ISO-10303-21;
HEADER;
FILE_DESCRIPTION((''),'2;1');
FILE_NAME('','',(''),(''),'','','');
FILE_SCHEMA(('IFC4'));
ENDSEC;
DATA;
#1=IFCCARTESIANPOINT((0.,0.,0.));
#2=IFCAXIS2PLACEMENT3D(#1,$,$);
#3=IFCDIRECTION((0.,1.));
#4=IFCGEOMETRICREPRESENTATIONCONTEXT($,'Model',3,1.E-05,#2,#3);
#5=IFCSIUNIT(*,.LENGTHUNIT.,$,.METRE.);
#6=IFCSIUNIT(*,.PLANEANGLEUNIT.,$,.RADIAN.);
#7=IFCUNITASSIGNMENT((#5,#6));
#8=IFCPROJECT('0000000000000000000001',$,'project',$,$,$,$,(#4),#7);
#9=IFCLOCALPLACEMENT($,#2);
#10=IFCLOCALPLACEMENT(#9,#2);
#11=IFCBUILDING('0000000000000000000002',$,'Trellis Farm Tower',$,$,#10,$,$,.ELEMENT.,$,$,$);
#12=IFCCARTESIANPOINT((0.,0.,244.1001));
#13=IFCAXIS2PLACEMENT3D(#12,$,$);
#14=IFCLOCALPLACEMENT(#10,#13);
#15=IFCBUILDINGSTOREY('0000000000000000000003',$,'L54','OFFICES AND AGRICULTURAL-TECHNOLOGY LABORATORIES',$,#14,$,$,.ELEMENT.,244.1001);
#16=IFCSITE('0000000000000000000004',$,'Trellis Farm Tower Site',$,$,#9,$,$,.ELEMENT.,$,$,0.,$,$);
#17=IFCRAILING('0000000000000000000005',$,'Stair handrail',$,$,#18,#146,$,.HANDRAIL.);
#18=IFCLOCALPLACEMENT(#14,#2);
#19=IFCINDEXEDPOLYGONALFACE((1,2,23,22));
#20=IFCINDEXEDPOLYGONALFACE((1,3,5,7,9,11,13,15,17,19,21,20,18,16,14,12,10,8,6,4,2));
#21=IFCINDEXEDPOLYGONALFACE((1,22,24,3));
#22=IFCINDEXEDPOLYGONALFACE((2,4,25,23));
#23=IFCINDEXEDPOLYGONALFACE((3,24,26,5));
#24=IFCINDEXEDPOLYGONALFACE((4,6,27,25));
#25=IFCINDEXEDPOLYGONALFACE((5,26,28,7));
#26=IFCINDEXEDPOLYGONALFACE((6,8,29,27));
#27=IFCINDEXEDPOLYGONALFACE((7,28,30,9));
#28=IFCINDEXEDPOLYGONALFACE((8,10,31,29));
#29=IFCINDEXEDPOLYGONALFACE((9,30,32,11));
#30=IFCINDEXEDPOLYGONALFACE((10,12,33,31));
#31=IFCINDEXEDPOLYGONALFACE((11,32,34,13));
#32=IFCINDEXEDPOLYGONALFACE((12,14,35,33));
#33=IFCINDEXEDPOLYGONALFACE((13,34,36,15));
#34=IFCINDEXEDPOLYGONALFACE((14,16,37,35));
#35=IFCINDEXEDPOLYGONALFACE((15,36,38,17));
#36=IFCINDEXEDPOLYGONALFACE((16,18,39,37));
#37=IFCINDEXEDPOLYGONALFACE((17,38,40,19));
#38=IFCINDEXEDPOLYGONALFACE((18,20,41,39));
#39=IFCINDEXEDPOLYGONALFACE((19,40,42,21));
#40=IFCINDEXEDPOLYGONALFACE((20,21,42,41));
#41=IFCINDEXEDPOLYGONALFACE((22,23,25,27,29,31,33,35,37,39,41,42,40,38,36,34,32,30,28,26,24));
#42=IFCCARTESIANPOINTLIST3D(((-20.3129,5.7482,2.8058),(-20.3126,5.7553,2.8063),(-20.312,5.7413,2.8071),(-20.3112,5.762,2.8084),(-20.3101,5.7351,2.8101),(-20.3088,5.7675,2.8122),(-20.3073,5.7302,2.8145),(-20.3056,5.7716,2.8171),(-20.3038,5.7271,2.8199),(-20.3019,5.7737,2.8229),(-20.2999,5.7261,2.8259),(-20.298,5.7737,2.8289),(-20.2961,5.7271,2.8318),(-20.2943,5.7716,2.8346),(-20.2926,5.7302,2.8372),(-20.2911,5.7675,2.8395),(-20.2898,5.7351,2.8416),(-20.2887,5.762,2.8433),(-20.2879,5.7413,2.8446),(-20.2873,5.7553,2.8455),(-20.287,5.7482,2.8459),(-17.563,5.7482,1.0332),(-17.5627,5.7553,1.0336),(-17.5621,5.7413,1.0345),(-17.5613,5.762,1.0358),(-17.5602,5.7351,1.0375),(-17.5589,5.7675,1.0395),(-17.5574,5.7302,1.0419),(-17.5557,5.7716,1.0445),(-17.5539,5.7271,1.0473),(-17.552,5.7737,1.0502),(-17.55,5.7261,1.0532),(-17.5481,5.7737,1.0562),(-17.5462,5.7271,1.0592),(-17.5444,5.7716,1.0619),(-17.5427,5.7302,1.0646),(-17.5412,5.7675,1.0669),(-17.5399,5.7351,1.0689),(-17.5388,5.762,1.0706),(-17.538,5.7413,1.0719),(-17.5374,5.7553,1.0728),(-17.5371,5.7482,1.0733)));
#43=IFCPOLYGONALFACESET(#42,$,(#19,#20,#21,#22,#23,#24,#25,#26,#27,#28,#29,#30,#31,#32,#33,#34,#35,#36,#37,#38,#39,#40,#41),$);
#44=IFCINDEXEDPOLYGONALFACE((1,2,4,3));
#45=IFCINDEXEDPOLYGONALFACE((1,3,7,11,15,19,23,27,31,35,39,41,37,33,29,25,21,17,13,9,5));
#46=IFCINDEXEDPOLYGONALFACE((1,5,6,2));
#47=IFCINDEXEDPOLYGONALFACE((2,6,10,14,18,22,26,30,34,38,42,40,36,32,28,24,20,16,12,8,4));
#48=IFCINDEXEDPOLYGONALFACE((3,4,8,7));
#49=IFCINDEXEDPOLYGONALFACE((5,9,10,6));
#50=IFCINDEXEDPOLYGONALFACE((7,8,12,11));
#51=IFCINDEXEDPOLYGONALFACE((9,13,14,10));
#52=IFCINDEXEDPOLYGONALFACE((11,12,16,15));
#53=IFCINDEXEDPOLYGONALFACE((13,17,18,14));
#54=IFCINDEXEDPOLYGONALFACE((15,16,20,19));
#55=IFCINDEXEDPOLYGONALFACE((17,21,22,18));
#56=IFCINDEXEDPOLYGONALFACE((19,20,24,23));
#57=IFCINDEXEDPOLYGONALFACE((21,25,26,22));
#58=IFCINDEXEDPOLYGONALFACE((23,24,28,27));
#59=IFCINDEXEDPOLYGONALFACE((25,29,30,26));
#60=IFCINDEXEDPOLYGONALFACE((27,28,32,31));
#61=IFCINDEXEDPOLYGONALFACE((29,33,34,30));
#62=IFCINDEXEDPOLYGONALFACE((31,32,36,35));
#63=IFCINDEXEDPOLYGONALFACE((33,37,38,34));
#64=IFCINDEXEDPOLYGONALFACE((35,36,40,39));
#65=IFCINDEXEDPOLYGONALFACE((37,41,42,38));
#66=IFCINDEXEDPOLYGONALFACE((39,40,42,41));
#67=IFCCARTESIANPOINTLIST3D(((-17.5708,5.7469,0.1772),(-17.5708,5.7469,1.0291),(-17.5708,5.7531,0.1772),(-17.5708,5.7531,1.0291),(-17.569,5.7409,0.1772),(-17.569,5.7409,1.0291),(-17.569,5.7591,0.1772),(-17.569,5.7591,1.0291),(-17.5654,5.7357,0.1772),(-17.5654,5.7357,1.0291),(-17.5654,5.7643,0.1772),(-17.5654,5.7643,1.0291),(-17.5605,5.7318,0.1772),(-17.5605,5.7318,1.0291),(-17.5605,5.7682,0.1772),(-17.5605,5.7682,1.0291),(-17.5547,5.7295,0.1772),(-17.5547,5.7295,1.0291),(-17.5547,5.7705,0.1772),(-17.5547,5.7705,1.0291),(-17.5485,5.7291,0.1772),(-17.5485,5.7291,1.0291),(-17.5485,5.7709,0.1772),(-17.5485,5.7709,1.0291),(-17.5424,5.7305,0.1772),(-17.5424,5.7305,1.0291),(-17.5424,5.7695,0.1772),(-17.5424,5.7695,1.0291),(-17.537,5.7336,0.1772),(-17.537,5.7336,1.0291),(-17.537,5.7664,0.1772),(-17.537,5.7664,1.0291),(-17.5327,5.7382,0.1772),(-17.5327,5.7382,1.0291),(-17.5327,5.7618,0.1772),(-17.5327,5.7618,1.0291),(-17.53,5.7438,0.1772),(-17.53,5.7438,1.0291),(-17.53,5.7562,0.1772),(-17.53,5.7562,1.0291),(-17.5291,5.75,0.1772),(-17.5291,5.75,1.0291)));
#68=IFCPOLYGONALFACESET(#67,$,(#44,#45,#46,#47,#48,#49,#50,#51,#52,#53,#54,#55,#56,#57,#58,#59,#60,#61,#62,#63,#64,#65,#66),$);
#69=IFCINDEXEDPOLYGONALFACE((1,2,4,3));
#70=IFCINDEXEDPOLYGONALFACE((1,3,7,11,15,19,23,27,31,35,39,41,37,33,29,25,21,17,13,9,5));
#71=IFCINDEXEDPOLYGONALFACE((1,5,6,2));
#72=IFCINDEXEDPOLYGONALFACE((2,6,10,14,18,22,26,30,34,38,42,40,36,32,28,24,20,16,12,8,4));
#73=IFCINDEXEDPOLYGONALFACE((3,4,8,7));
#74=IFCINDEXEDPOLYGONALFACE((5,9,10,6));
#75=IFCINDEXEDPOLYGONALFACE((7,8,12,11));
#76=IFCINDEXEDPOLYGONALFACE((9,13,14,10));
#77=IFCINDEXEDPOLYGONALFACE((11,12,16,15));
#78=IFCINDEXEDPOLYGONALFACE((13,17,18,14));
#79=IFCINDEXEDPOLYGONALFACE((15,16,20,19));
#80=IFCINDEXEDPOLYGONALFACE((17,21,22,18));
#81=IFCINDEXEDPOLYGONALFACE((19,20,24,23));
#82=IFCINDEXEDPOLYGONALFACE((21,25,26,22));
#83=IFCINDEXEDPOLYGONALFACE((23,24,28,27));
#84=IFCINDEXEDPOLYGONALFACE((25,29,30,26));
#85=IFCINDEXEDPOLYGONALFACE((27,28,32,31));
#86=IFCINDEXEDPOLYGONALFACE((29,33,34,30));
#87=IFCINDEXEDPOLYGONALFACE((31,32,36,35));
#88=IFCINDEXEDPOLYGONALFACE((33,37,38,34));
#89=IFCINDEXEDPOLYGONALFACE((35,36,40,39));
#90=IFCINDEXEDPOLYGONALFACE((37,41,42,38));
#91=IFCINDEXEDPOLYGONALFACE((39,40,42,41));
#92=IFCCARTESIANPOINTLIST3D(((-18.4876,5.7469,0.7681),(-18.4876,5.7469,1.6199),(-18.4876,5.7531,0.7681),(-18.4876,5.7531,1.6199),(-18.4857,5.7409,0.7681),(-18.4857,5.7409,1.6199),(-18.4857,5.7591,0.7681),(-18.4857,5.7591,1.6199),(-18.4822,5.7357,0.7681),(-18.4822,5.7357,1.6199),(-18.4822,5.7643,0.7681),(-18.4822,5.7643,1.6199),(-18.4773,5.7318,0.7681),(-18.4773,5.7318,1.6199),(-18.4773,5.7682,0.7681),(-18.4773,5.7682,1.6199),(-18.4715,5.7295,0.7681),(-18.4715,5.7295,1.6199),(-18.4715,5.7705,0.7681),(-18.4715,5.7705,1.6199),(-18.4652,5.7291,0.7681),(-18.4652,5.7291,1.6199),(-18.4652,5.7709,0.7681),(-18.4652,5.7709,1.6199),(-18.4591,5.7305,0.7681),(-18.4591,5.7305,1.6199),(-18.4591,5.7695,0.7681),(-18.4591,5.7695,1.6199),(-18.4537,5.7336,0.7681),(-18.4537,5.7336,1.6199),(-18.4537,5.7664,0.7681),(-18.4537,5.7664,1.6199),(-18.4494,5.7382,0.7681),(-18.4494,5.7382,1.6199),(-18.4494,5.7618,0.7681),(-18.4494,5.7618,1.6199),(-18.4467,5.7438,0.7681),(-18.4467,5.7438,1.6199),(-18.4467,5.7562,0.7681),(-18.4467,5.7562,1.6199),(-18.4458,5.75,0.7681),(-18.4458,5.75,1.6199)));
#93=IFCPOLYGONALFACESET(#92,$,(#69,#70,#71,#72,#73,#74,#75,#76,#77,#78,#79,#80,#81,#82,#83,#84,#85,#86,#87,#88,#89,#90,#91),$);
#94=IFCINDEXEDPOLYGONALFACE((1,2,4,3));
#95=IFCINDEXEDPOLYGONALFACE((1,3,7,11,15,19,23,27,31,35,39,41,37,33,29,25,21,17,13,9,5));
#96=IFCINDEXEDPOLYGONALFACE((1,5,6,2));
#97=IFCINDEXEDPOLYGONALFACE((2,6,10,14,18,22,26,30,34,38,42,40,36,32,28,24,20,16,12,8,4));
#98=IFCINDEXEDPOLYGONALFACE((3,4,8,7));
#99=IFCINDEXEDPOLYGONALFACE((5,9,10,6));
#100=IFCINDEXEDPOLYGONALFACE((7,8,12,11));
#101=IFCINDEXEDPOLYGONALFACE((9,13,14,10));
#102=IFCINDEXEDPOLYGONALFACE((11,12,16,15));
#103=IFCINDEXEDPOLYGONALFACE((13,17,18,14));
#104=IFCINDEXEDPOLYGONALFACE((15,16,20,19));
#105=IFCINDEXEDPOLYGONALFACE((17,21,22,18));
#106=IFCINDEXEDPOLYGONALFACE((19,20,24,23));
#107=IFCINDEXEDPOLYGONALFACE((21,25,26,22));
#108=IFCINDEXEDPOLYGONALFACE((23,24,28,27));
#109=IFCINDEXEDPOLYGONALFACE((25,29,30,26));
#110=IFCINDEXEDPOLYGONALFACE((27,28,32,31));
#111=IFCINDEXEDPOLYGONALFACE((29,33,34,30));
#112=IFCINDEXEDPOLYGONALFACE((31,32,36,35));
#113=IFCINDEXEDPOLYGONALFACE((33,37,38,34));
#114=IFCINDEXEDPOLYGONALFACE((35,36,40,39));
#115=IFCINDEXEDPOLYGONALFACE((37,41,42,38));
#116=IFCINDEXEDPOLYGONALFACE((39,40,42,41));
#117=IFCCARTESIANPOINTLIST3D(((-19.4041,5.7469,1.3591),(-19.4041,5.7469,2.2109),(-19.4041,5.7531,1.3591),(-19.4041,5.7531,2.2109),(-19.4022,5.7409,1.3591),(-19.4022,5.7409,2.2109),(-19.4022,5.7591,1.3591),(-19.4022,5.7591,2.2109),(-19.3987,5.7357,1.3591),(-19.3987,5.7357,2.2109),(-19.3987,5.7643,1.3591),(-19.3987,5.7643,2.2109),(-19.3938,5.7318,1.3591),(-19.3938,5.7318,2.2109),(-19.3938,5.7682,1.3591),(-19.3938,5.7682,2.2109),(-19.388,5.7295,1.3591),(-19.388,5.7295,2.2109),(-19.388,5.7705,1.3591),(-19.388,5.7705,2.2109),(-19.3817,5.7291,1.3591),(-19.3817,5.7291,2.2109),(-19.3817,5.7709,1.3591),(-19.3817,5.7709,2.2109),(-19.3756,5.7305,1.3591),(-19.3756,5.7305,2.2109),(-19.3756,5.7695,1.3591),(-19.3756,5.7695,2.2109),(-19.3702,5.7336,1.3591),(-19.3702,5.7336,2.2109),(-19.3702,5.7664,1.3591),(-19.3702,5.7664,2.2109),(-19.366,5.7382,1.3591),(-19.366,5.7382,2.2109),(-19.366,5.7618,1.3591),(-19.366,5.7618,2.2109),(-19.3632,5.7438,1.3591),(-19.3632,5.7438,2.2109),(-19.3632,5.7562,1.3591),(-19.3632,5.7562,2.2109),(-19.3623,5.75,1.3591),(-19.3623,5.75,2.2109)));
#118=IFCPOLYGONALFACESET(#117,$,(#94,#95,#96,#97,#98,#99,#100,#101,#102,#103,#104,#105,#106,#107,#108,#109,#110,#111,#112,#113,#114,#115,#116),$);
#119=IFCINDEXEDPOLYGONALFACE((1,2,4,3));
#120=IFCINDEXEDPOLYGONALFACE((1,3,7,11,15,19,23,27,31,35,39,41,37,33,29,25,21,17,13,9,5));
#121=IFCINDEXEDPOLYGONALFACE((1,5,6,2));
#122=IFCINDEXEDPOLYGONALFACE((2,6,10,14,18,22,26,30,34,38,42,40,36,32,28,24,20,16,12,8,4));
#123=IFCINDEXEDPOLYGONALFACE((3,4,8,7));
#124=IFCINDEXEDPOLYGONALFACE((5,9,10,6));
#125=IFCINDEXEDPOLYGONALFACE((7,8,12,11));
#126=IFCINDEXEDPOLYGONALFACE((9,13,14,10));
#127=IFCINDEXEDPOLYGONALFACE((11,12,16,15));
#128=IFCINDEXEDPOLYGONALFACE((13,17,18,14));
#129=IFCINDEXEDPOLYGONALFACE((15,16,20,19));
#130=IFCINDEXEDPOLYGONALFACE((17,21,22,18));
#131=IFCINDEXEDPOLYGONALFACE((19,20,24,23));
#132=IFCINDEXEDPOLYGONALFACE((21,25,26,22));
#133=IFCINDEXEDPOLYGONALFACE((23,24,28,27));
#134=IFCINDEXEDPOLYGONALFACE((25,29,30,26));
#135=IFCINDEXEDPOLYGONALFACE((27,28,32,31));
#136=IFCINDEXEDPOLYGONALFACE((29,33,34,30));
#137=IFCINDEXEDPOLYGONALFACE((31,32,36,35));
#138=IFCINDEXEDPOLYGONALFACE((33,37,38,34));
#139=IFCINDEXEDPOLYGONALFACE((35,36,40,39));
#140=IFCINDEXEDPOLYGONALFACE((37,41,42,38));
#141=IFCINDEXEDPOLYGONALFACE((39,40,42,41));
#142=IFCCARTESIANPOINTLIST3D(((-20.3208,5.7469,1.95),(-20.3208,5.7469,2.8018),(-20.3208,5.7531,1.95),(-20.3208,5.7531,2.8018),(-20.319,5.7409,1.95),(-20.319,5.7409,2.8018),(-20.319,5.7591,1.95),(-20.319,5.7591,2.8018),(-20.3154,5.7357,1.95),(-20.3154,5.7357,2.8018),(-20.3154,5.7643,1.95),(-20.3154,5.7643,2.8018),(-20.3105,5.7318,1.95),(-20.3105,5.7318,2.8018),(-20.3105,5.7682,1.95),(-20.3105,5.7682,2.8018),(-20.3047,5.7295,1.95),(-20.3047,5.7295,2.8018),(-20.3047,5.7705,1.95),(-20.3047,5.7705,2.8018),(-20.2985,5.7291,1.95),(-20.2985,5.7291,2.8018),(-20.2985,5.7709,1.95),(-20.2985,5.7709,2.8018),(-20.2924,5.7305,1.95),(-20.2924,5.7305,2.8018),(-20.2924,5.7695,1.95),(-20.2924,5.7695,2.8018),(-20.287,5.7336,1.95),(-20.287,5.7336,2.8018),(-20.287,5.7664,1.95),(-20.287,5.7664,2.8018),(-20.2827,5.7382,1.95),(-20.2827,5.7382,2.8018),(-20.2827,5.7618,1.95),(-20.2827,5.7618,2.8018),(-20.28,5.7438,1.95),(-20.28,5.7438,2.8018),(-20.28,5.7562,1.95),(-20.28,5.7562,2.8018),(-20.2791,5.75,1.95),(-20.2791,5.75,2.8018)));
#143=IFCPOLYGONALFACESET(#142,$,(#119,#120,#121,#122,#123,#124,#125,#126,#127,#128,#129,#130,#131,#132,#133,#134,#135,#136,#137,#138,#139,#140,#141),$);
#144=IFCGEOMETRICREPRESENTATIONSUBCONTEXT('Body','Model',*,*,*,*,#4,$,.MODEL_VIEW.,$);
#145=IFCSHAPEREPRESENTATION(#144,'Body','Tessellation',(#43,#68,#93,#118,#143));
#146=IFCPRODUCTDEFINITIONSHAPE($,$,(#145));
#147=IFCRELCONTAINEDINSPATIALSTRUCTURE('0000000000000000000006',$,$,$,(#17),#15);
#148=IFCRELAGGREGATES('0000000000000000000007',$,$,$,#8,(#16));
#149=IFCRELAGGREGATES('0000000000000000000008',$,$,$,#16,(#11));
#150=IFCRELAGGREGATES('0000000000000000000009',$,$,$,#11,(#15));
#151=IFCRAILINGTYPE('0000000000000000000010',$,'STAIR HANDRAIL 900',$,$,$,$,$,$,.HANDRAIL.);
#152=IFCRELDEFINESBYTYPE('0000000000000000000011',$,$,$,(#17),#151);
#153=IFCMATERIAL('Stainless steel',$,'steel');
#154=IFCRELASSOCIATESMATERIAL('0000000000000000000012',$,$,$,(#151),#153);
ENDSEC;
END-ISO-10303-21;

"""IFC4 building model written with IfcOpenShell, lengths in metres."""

from ifc_helpers import new_model, si_unit, direction, frame, origin, origin_2d, place, context, subcontext, project, spatial, circle, extrude, source, transform, mapped, material, type_object, element, save


model = new_model("IFC4")

# Units and contexts
model_context = context("Model", 3, precision=1e-05, world=origin(), true_north=direction((0.0, 1.0)))
body_context = subcontext(model_context, "Body", "Model", "MODEL_VIEW")
ifc_project = project(units=[si_unit("LENGTHUNIT", "METRE"), si_unit("PLANEANGLEUNIT", "RADIAN")], contexts=[model_context])

# Site, building, storey
site_placement = place(None, origin())
site = spatial("IfcSite", under=ifc_project, at=site_placement, Name="Trellis Farm Tower Site", CompositionType="ELEMENT", RefElevation=0.0)
building_placement = place(site_placement, origin())
building = spatial("IfcBuilding", under=site, at=building_placement, Name="Trellis Farm Tower", CompositionType="ELEMENT")
storey_placement = place(building_placement, frame((0.0, 0.0, 244.1001)))
storey = spatial("IfcBuildingStorey", under=building, at=storey_placement, Name="L54", Description="OFFICES AND AGRICULTURAL-TECHNOLOGY LABORATORIES", CompositionType="ELEMENT", Elevation=244.1001)

# Railing
ifc_material_1 = material(Name="Stainless steel", Category="steel")
railing_type = type_object("IfcRailingType", Name="STAIR HANDRAIL 900", PredefinedType="HANDRAIL", material=ifc_material_1)
shared_shape_1 = source(origin(), body_context, "Body", "SweptSolid", [
    extrude(circle(Radius=0.0239, at=origin_2d()), frame((0.0, 0.0, 0.876), z_axis=(-0.840504, 0.0, 0.541806), x_axis=(0.0, -1.0, 0.0)), (0.0, 0.0, 1.0), 3.2717),
    extrude(circle(Radius=0.021, at=origin_2d()), origin(), (0.0, 0.0, 1.0), 0.8518),
    extrude(circle(Radius=0.021, at=origin_2d()), frame((-0.9167, 0.0, 0.5908)), (0.0, 0.0, 1.0), 0.8518),
    extrude(circle(Radius=0.021, at=origin_2d()), frame((-1.8333, 0.0, 1.1819)), (0.0, 0.0, 1.0), 0.8518),
    extrude(circle(Radius=0.021, at=origin_2d()), frame((-2.75, 0.0, 1.7727)), (0.0, 0.0, 1.0), 0.8518),
])
for number, where, name in (
    (1, (-17.55, 5.75, 0.1772), "Stair handrail"),
):
    element("IfcRailing", number, at=place(storey_placement, frame(where)), inside=storey, type_object=railing_type, Name=name, PredefinedType="HANDRAIL", context=body_context, shape_type="MappedRepresentation", body=[
        mapped(shared_shape_1, transform((0.0, 0.0, 0.0))),
    ])

save(model, "model.ifc")
